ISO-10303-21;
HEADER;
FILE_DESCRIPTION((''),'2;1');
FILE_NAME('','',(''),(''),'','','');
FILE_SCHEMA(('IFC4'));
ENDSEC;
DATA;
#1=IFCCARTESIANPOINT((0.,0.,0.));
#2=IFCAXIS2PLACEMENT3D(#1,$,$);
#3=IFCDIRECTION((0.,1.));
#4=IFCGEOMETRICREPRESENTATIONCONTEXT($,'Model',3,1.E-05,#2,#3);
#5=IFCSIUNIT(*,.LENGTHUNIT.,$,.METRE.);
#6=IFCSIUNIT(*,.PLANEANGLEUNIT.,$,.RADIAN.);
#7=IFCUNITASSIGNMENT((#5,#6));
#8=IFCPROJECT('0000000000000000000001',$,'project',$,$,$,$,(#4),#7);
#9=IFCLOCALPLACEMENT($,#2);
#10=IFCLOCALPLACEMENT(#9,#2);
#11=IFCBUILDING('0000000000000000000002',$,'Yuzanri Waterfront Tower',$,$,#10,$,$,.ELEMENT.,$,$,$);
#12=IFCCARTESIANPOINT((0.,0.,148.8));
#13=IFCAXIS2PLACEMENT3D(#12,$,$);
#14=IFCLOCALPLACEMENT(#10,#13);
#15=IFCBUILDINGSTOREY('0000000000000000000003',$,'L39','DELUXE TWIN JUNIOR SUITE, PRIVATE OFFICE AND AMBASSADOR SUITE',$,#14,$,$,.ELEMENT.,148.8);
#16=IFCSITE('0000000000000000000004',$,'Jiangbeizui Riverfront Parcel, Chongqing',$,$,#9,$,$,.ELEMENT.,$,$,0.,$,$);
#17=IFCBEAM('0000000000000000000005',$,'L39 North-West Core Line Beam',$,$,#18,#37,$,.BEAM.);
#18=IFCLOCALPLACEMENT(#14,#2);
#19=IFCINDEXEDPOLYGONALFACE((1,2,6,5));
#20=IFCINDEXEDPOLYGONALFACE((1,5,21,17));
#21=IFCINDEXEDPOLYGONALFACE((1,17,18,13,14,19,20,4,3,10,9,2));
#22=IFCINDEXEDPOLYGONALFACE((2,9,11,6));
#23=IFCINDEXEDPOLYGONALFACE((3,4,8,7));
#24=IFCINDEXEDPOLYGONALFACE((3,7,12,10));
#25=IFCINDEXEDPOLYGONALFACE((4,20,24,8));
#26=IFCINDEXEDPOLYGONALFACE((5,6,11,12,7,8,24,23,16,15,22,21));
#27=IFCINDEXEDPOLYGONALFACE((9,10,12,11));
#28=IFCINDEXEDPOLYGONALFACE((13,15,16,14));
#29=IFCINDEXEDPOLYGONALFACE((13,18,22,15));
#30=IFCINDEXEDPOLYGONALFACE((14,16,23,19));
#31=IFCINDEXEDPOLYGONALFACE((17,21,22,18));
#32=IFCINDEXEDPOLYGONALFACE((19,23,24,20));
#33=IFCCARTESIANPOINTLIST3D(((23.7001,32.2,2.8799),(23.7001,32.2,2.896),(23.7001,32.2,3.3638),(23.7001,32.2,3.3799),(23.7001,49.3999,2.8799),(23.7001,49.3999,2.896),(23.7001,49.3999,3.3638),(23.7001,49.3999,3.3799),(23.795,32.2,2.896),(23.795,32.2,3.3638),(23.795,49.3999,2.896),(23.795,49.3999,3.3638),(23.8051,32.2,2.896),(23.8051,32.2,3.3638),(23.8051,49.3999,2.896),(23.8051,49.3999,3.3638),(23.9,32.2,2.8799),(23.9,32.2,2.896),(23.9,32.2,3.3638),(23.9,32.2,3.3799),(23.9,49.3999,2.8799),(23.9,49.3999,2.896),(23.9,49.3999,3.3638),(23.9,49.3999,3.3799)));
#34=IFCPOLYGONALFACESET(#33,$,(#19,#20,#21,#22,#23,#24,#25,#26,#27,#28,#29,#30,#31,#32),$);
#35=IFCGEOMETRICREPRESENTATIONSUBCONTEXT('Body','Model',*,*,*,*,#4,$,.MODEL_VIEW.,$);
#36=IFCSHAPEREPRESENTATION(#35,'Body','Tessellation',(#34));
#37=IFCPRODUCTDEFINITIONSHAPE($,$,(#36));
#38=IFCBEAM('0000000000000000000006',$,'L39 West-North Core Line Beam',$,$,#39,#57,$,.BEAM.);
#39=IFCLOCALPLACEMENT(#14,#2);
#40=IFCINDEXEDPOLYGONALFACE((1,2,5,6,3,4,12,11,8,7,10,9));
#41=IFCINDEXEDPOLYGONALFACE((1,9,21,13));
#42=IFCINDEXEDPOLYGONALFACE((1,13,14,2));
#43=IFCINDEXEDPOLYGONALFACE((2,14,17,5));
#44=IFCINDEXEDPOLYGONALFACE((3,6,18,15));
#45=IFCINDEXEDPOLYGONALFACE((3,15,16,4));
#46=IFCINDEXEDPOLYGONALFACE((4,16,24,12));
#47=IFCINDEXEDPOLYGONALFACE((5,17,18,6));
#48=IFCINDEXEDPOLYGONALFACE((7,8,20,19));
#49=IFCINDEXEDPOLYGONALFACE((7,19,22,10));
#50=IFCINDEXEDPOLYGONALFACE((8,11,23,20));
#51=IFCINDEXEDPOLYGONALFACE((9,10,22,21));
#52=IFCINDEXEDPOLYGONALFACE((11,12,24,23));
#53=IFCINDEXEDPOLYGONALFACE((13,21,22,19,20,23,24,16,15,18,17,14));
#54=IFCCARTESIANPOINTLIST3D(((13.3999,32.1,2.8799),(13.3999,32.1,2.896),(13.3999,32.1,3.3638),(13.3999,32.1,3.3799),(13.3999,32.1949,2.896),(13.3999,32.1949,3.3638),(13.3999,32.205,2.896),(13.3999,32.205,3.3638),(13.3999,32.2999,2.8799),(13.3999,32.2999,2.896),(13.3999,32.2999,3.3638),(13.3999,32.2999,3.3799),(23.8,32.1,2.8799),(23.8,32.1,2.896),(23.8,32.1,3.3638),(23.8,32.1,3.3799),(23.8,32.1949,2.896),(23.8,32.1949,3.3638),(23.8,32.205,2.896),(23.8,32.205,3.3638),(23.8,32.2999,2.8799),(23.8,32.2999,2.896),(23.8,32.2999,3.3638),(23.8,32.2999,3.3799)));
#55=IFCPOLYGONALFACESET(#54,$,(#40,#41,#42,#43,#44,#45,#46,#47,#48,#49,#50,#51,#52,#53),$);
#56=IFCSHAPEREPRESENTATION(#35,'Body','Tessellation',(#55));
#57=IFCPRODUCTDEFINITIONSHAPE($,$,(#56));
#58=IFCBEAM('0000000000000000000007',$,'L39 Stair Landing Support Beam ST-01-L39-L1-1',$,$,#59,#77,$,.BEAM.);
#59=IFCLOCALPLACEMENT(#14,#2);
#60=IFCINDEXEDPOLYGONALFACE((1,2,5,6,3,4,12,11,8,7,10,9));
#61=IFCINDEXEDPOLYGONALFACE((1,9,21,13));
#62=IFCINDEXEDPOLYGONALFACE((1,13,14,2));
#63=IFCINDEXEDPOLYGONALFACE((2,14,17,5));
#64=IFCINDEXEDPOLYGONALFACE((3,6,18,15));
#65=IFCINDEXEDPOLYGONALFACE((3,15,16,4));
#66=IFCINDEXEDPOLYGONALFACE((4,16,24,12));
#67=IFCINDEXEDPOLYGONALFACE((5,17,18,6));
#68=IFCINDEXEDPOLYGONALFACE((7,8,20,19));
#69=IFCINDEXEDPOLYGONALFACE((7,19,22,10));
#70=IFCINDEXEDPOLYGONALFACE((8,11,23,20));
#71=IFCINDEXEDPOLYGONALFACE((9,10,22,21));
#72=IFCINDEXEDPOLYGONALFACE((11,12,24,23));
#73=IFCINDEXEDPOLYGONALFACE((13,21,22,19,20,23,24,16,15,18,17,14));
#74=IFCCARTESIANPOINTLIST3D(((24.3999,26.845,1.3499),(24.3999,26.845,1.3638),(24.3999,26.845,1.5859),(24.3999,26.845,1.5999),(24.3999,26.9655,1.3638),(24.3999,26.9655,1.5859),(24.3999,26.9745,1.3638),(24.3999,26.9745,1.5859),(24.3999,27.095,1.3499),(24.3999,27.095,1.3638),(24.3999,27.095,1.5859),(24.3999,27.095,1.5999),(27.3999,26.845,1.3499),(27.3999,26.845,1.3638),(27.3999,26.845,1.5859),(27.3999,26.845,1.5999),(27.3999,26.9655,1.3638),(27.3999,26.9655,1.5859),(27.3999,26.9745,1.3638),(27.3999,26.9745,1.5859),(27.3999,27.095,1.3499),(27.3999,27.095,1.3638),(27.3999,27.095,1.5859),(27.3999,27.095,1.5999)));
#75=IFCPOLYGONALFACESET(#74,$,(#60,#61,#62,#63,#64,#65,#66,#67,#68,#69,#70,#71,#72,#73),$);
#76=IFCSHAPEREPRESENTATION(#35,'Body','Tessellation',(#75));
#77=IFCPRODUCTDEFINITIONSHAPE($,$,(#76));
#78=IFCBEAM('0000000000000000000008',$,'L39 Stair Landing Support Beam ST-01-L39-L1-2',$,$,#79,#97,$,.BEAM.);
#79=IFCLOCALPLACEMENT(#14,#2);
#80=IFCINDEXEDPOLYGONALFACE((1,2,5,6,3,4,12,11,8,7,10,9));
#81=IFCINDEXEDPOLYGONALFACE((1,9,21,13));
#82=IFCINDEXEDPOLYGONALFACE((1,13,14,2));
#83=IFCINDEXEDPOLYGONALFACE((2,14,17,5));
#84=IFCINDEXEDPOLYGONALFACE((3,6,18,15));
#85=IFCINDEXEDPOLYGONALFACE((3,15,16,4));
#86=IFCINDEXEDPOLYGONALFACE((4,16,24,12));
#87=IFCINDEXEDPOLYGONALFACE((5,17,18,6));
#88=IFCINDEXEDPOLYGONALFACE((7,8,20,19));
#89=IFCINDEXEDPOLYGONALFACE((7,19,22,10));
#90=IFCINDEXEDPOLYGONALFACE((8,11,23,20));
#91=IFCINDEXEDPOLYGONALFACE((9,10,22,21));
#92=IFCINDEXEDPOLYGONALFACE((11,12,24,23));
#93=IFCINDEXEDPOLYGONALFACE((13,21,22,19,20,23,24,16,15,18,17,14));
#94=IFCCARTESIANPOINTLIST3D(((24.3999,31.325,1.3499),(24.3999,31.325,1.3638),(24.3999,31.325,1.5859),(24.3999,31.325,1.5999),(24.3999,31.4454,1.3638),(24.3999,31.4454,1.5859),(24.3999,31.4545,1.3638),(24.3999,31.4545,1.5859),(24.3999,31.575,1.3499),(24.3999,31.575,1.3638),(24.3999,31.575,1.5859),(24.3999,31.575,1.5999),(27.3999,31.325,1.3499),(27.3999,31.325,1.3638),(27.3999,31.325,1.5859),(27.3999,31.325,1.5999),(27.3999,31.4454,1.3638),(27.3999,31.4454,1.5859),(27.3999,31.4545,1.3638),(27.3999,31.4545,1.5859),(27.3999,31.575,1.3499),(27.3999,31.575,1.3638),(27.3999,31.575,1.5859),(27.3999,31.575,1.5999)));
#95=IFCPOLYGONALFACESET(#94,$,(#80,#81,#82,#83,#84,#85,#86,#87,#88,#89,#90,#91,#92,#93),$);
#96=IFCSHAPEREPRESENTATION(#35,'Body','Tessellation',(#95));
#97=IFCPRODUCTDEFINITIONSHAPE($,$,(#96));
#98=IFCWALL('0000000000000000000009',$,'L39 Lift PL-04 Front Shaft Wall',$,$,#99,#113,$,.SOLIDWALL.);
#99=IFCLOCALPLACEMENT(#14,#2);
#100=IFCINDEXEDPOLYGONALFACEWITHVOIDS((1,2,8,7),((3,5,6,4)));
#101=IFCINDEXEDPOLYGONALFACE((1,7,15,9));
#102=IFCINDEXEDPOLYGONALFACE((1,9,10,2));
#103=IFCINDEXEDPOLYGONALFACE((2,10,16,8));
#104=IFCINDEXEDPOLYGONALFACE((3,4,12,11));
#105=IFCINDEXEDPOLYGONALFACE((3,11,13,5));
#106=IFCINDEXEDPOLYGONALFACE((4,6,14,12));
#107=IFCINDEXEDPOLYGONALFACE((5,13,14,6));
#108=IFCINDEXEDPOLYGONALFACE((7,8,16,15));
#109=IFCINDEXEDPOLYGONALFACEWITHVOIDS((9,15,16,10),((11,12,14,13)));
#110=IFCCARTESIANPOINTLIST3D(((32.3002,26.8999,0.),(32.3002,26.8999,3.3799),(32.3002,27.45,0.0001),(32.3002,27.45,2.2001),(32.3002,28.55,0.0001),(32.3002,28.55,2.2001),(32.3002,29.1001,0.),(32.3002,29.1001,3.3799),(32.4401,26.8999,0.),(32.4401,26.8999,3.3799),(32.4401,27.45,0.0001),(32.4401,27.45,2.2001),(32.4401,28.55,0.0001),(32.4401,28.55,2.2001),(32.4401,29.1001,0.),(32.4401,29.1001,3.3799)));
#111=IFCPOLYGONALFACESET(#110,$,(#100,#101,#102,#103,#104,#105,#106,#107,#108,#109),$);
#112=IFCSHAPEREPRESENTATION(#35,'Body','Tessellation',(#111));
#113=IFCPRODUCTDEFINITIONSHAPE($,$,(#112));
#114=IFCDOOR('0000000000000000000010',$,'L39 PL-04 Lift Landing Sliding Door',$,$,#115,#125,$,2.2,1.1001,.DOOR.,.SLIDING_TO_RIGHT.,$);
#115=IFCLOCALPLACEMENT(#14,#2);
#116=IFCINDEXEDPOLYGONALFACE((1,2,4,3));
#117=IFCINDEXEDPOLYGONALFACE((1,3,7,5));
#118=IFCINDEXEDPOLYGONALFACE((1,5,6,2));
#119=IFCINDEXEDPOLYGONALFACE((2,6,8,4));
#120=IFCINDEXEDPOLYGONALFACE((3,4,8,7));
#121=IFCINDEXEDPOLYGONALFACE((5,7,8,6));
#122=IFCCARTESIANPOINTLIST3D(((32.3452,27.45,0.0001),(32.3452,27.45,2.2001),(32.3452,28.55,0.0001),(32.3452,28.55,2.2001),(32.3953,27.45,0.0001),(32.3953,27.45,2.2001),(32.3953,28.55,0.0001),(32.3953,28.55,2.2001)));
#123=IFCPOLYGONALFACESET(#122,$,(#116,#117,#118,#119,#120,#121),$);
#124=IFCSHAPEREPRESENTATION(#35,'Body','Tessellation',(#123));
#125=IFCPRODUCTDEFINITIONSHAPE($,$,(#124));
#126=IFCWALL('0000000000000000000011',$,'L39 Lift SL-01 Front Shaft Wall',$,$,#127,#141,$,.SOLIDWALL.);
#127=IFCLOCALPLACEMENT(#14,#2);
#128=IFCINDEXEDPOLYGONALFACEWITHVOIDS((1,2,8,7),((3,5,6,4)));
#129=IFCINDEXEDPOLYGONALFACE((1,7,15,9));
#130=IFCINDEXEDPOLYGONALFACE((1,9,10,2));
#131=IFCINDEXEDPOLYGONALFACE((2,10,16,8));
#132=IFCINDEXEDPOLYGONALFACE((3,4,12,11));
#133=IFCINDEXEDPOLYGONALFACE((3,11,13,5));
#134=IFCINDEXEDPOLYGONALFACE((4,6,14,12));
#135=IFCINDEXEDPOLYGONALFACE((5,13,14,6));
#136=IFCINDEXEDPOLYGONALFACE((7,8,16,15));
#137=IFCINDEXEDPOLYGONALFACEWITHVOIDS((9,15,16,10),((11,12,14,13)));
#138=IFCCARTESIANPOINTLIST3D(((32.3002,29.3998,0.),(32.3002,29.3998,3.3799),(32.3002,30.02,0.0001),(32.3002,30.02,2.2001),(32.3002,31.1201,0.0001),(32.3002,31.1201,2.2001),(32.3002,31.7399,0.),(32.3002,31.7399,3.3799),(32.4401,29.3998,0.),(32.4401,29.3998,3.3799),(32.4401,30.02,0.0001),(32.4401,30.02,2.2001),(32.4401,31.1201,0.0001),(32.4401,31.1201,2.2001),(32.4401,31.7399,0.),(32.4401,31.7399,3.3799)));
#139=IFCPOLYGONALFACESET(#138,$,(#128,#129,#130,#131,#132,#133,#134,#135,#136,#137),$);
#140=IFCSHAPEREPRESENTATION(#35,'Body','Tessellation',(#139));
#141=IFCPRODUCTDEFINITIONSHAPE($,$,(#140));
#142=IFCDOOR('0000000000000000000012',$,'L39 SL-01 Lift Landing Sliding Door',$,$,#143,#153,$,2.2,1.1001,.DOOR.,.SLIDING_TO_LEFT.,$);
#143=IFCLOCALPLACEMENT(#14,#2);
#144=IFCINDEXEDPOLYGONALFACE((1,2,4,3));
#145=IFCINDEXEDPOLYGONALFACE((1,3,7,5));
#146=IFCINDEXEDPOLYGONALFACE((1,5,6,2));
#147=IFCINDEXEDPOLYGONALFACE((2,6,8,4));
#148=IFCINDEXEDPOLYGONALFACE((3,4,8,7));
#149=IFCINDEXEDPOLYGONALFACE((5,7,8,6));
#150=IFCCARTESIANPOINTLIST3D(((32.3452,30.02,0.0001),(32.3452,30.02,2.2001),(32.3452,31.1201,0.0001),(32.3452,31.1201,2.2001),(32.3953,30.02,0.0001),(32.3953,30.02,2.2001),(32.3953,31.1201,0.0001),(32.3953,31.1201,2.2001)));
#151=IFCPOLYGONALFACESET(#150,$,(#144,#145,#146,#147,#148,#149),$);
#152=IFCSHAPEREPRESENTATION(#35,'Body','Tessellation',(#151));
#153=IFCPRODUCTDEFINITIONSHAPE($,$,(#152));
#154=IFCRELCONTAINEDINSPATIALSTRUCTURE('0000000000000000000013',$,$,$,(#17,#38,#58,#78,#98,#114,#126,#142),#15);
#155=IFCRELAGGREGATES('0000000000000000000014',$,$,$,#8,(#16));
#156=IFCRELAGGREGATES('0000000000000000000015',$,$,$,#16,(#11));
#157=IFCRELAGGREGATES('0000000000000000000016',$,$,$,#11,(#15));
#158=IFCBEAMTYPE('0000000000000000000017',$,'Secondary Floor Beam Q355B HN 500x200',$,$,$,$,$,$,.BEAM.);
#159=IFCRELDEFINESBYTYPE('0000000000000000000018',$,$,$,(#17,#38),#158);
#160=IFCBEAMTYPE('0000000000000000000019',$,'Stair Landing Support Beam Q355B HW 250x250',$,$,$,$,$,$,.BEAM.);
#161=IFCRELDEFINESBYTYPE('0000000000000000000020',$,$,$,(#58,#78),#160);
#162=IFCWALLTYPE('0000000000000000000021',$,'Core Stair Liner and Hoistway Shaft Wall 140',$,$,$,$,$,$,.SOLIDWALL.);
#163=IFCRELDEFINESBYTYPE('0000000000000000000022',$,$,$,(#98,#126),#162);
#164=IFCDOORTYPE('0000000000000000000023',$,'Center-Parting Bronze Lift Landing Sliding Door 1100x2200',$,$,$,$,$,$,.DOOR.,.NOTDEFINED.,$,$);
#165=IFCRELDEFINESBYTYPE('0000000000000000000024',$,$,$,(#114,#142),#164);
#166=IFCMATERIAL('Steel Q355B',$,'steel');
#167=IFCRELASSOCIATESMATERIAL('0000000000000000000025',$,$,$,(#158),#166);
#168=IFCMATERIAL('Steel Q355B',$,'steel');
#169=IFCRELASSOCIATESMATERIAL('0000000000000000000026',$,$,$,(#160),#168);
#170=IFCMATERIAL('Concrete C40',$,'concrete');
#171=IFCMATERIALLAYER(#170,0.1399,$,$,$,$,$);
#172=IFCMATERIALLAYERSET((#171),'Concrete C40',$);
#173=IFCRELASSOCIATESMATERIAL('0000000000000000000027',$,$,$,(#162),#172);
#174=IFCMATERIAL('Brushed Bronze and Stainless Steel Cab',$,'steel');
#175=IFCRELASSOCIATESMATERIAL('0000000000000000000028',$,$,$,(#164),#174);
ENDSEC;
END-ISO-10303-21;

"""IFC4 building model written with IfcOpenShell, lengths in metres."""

from ifc_helpers import new_model, si_unit, direction, frame, frame_2d, origin, origin_2d, place, context, subcontext, project, spatial, rectangle, i_section, extrude, source, transform, mapped, material, layer, layer_set, material_profile, profile_set, type_object, element, fill, save


model = new_model("IFC4")

# Units and contexts
model_context = context("Model", 3, precision=1e-05, world=origin(), true_north=direction((0.0, 1.0)))
body_context = subcontext(model_context, "Body", "Model", "MODEL_VIEW")
ifc_project = project(units=[si_unit("LENGTHUNIT", "METRE"), si_unit("PLANEANGLEUNIT", "RADIAN")], contexts=[model_context])

# Site, building, storey
site_placement = place(None, origin())
site = spatial("IfcSite", under=ifc_project, at=site_placement, Name="Jiangbeizui Riverfront Parcel, Chongqing", CompositionType="ELEMENT", RefElevation=0.0)
building_placement = place(site_placement, origin())
building = spatial("IfcBuilding", under=site, at=building_placement, Name="Yuzanri Waterfront Tower", CompositionType="ELEMENT")
storey_placement = place(building_placement, frame((0.0, 0.0, 148.8)))
storey = spatial("IfcBuildingStorey", under=building, at=storey_placement, Name="L39", Description="DELUXE TWIN JUNIOR SUITE, PRIVATE OFFICE AND AMBASSADOR SUITE", CompositionType="ELEMENT", Elevation=148.8)

# Beams
ifc_material_1 = material(Name="Steel Q355B", Category="steel")
ifc_material_profile_1 = material_profile(ifc_material_1, i_section(OverallWidth=0.2, OverallDepth=0.5, WebThickness=0.01, FlangeThickness=0.0161, at=origin_2d()), Name="HN 500x200x10x16")
ifc_profile_set_1 = profile_set([ifc_material_profile_1], Name="Steel Q355B")
beam_type_1 = type_object("IfcBeamType", Name="Secondary Floor Beam Q355B HN 500x200", PredefinedType="BEAM", material=ifc_profile_set_1)
shared_shape_1 = source(origin(), body_context, "Body", "SweptSolid", [
    extrude(i_section(OverallWidth=0.2, OverallDepth=0.5, WebThickness=0.01, FlangeThickness=0.0161, at=origin_2d()), origin(), (0.0, 0.0, 1.0), 17.2),
])
beam_1_placement = place(storey_placement, frame((23.8, 32.2, 3.1299), z_axis=(0.0, 1.0, 0.0), x_axis=(-1.0, 0.0, 0.0)))
element("IfcBeam", 1, at=beam_1_placement, inside=storey, type_object=beam_type_1, Name="L39 North-West Core Line Beam", PredefinedType="BEAM", context=body_context, shape_type="MappedRepresentation", body=[
    mapped(shared_shape_1, transform((0.0, 0.0, 0.0), scale=1.0)),
])
shared_shape_2 = source(origin(), body_context, "Body", "SweptSolid", [
    extrude(i_section(OverallWidth=0.2, OverallDepth=0.5, WebThickness=0.01, FlangeThickness=0.0161, at=origin_2d()), origin(), (0.0, 0.0, 1.0), 10.4001),
])
beam_2_placement = place(storey_placement, frame((23.8, 32.2, 3.1299), z_axis=(-1.0, 0.0, 0.0), x_axis=(0.0, -1.0, 0.0)))
element("IfcBeam", 2, at=beam_2_placement, inside=storey, type_object=beam_type_1, Name="L39 West-North Core Line Beam", PredefinedType="BEAM", context=body_context, shape_type="MappedRepresentation", body=[
    mapped(shared_shape_2, transform((0.0, 0.0, 0.0), scale=1.0)),
])
ifc_material_2 = material(Name="Steel Q355B", Category="steel")
ifc_material_profile_2 = material_profile(ifc_material_2, i_section(OverallWidth=0.25, OverallDepth=0.25, WebThickness=0.009, FlangeThickness=0.0139, at=origin_2d()), Name="HW 250x250x9x14")
ifc_profile_set_2 = profile_set([ifc_material_profile_2], Name="Steel Q355B")
beam_type_2 = type_object("IfcBeamType", Name="Stair Landing Support Beam Q355B HW 250x250", PredefinedType="BEAM", material=ifc_profile_set_2)
shared_shape_3 = source(origin(), body_context, "Body", "SweptSolid", [
    extrude(i_section(OverallWidth=0.25, OverallDepth=0.25, WebThickness=0.009, FlangeThickness=0.0139, at=origin_2d()), origin(), (0.0, 0.0, 1.0), 3.0),
])
for number, where, z_axis, x_axis, name in (
    (3, (24.3999, 26.97, 1.4749), (1.0, 0.0, 0.0), (0.0, 1.0, 0.0), "L39 Stair Landing Support Beam ST-01-L39-L1-1"),
    (4, (24.3999, 31.45, 1.4749), (1.0, 0.0, 0.0), (0.0, 1.0, 0.0), "L39 Stair Landing Support Beam ST-01-L39-L1-2"),
):
    element("IfcBeam", number, at=place(storey_placement, frame(where, z_axis=z_axis, x_axis=x_axis)), inside=storey, type_object=beam_type_2, Name=name, PredefinedType="BEAM", context=body_context, shape_type="MappedRepresentation", body=[
        mapped(shared_shape_3, transform((0.0, 0.0, 0.0), scale=1.0)),
    ])

# Walls, openings, doors
ifc_material_3 = material(Name="Concrete C40", Category="concrete")
ifc_layer_1 = layer(ifc_material_3, 0.1399)
ifc_layer_set_1 = layer_set([ifc_layer_1], Name="Concrete C40")
wall_type_1 = type_object("IfcWallType", Name="Core Stair Liner and Hoistway Shaft Wall 140", PredefinedType="SOLIDWALL", material=ifc_layer_set_1)
wall_1_placement = place(storey_placement, frame((32.3701, 26.8999, 0.0), z_axis=(0.0, 0.0, 1.0), x_axis=(0.0, 1.0, 0.0)))
wall_1 = element("IfcWall", 5, at=wall_1_placement, inside=storey, type_object=wall_type_1, Name="L39 Lift PL-04 Front Shaft Wall", PredefinedType="SOLIDWALL", context=body_context, shape_type="SweptSolid", body=[
    extrude(rectangle(XDim=2.2002, YDim=0.1399, at=frame_2d((1.1001, 0.0))), origin(), (0.0, 0.0, 1.0), 3.3799),
])
opening_1_placement = place(wall_1_placement, frame((0.55, 0.0, 0.0)))
opening_1 = element("IfcOpeningElement", 6, at=opening_1_placement, cuts=wall_1, PredefinedType="OPENING", context=body_context, shape_type="SweptSolid", body=[
    extrude(rectangle(XDim=1.1001, YDim=2.2, at=frame_2d((0.55, 1.1001))), frame((0.0, 0.085, 0.0), z_axis=(0.0, -1.0, 0.0), x_axis=(1.0, 0.0, 0.0)), (0.0, 0.0, 1.0), 0.1697),
])
ifc_material_4 = material(Name="Brushed Bronze and Stainless Steel Cab", Category="steel")
door_type_1 = type_object("IfcDoorType", Name="Center-Parting Bronze Lift Landing Sliding Door 1100x2200", OperationType="NOTDEFINED", PredefinedType="DOOR", material=ifc_material_4)
shared_shape_4 = source(origin(), body_context, "Body", "SweptSolid", [
    extrude(rectangle(XDim=1.1001, YDim=2.2, at=frame_2d((0.55, 1.1001))), frame((0.0, 0.0249, 0.0), z_axis=(0.0, -1.0, 0.0), x_axis=(1.0, 0.0, 0.0)), (0.0, 0.0, 1.0), 0.05),
])
door_1_placement = place(opening_1_placement, origin())
door_1 = element("IfcDoor", 7, at=door_1_placement, inside=storey, type_object=door_type_1, Name="L39 PL-04 Lift Landing Sliding Door", OperationType="SLIDING_TO_RIGHT", OverallHeight=2.2, OverallWidth=1.1001, PredefinedType="DOOR", context=body_context, shape_type="MappedRepresentation", body=[
    mapped(shared_shape_4, transform((0.0, 0.0, 0.0), scale=1.0)),
])
fill(opening_1, door_1)
wall_2_placement = place(storey_placement, frame((32.3701, 29.3999, 0.0), z_axis=(0.0, 0.0, 1.0), x_axis=(0.0, 1.0, 0.0)))
wall_2 = element("IfcWall", 8, at=wall_2_placement, inside=storey, type_object=wall_type_1, Name="L39 Lift SL-01 Front Shaft Wall", PredefinedType="SOLIDWALL", context=body_context, shape_type="SweptSolid", body=[
    extrude(rectangle(XDim=2.3401, YDim=0.1399, at=frame_2d((1.1699, 0.0))), origin(), (0.0, 0.0, 1.0), 3.3799),
])
opening_2_placement = place(wall_2_placement, frame((0.6201, 0.0, 0.0)))
opening_2 = element("IfcOpeningElement", 9, at=opening_2_placement, cuts=wall_2, PredefinedType="OPENING", context=body_context, shape_type="SweptSolid", body=[
    extrude(rectangle(XDim=1.1001, YDim=2.2, at=frame_2d((0.55, 1.1001))), frame((0.0, 0.085, 0.0), z_axis=(0.0, -1.0, 0.0), x_axis=(1.0, 0.0, 0.0)), (0.0, 0.0, 1.0), 0.1697),
])
door_2_placement = place(opening_2_placement, origin())
door_2 = element("IfcDoor", 10, at=door_2_placement, inside=storey, type_object=door_type_1, Name="L39 SL-01 Lift Landing Sliding Door", OperationType="SLIDING_TO_LEFT", OverallHeight=2.2, OverallWidth=1.1001, PredefinedType="DOOR", context=body_context, shape_type="MappedRepresentation", body=[
    mapped(shared_shape_4, transform((0.0, 0.0, 0.0), scale=1.0)),
])
fill(opening_2, door_2)

save(model, "model.ifc")
